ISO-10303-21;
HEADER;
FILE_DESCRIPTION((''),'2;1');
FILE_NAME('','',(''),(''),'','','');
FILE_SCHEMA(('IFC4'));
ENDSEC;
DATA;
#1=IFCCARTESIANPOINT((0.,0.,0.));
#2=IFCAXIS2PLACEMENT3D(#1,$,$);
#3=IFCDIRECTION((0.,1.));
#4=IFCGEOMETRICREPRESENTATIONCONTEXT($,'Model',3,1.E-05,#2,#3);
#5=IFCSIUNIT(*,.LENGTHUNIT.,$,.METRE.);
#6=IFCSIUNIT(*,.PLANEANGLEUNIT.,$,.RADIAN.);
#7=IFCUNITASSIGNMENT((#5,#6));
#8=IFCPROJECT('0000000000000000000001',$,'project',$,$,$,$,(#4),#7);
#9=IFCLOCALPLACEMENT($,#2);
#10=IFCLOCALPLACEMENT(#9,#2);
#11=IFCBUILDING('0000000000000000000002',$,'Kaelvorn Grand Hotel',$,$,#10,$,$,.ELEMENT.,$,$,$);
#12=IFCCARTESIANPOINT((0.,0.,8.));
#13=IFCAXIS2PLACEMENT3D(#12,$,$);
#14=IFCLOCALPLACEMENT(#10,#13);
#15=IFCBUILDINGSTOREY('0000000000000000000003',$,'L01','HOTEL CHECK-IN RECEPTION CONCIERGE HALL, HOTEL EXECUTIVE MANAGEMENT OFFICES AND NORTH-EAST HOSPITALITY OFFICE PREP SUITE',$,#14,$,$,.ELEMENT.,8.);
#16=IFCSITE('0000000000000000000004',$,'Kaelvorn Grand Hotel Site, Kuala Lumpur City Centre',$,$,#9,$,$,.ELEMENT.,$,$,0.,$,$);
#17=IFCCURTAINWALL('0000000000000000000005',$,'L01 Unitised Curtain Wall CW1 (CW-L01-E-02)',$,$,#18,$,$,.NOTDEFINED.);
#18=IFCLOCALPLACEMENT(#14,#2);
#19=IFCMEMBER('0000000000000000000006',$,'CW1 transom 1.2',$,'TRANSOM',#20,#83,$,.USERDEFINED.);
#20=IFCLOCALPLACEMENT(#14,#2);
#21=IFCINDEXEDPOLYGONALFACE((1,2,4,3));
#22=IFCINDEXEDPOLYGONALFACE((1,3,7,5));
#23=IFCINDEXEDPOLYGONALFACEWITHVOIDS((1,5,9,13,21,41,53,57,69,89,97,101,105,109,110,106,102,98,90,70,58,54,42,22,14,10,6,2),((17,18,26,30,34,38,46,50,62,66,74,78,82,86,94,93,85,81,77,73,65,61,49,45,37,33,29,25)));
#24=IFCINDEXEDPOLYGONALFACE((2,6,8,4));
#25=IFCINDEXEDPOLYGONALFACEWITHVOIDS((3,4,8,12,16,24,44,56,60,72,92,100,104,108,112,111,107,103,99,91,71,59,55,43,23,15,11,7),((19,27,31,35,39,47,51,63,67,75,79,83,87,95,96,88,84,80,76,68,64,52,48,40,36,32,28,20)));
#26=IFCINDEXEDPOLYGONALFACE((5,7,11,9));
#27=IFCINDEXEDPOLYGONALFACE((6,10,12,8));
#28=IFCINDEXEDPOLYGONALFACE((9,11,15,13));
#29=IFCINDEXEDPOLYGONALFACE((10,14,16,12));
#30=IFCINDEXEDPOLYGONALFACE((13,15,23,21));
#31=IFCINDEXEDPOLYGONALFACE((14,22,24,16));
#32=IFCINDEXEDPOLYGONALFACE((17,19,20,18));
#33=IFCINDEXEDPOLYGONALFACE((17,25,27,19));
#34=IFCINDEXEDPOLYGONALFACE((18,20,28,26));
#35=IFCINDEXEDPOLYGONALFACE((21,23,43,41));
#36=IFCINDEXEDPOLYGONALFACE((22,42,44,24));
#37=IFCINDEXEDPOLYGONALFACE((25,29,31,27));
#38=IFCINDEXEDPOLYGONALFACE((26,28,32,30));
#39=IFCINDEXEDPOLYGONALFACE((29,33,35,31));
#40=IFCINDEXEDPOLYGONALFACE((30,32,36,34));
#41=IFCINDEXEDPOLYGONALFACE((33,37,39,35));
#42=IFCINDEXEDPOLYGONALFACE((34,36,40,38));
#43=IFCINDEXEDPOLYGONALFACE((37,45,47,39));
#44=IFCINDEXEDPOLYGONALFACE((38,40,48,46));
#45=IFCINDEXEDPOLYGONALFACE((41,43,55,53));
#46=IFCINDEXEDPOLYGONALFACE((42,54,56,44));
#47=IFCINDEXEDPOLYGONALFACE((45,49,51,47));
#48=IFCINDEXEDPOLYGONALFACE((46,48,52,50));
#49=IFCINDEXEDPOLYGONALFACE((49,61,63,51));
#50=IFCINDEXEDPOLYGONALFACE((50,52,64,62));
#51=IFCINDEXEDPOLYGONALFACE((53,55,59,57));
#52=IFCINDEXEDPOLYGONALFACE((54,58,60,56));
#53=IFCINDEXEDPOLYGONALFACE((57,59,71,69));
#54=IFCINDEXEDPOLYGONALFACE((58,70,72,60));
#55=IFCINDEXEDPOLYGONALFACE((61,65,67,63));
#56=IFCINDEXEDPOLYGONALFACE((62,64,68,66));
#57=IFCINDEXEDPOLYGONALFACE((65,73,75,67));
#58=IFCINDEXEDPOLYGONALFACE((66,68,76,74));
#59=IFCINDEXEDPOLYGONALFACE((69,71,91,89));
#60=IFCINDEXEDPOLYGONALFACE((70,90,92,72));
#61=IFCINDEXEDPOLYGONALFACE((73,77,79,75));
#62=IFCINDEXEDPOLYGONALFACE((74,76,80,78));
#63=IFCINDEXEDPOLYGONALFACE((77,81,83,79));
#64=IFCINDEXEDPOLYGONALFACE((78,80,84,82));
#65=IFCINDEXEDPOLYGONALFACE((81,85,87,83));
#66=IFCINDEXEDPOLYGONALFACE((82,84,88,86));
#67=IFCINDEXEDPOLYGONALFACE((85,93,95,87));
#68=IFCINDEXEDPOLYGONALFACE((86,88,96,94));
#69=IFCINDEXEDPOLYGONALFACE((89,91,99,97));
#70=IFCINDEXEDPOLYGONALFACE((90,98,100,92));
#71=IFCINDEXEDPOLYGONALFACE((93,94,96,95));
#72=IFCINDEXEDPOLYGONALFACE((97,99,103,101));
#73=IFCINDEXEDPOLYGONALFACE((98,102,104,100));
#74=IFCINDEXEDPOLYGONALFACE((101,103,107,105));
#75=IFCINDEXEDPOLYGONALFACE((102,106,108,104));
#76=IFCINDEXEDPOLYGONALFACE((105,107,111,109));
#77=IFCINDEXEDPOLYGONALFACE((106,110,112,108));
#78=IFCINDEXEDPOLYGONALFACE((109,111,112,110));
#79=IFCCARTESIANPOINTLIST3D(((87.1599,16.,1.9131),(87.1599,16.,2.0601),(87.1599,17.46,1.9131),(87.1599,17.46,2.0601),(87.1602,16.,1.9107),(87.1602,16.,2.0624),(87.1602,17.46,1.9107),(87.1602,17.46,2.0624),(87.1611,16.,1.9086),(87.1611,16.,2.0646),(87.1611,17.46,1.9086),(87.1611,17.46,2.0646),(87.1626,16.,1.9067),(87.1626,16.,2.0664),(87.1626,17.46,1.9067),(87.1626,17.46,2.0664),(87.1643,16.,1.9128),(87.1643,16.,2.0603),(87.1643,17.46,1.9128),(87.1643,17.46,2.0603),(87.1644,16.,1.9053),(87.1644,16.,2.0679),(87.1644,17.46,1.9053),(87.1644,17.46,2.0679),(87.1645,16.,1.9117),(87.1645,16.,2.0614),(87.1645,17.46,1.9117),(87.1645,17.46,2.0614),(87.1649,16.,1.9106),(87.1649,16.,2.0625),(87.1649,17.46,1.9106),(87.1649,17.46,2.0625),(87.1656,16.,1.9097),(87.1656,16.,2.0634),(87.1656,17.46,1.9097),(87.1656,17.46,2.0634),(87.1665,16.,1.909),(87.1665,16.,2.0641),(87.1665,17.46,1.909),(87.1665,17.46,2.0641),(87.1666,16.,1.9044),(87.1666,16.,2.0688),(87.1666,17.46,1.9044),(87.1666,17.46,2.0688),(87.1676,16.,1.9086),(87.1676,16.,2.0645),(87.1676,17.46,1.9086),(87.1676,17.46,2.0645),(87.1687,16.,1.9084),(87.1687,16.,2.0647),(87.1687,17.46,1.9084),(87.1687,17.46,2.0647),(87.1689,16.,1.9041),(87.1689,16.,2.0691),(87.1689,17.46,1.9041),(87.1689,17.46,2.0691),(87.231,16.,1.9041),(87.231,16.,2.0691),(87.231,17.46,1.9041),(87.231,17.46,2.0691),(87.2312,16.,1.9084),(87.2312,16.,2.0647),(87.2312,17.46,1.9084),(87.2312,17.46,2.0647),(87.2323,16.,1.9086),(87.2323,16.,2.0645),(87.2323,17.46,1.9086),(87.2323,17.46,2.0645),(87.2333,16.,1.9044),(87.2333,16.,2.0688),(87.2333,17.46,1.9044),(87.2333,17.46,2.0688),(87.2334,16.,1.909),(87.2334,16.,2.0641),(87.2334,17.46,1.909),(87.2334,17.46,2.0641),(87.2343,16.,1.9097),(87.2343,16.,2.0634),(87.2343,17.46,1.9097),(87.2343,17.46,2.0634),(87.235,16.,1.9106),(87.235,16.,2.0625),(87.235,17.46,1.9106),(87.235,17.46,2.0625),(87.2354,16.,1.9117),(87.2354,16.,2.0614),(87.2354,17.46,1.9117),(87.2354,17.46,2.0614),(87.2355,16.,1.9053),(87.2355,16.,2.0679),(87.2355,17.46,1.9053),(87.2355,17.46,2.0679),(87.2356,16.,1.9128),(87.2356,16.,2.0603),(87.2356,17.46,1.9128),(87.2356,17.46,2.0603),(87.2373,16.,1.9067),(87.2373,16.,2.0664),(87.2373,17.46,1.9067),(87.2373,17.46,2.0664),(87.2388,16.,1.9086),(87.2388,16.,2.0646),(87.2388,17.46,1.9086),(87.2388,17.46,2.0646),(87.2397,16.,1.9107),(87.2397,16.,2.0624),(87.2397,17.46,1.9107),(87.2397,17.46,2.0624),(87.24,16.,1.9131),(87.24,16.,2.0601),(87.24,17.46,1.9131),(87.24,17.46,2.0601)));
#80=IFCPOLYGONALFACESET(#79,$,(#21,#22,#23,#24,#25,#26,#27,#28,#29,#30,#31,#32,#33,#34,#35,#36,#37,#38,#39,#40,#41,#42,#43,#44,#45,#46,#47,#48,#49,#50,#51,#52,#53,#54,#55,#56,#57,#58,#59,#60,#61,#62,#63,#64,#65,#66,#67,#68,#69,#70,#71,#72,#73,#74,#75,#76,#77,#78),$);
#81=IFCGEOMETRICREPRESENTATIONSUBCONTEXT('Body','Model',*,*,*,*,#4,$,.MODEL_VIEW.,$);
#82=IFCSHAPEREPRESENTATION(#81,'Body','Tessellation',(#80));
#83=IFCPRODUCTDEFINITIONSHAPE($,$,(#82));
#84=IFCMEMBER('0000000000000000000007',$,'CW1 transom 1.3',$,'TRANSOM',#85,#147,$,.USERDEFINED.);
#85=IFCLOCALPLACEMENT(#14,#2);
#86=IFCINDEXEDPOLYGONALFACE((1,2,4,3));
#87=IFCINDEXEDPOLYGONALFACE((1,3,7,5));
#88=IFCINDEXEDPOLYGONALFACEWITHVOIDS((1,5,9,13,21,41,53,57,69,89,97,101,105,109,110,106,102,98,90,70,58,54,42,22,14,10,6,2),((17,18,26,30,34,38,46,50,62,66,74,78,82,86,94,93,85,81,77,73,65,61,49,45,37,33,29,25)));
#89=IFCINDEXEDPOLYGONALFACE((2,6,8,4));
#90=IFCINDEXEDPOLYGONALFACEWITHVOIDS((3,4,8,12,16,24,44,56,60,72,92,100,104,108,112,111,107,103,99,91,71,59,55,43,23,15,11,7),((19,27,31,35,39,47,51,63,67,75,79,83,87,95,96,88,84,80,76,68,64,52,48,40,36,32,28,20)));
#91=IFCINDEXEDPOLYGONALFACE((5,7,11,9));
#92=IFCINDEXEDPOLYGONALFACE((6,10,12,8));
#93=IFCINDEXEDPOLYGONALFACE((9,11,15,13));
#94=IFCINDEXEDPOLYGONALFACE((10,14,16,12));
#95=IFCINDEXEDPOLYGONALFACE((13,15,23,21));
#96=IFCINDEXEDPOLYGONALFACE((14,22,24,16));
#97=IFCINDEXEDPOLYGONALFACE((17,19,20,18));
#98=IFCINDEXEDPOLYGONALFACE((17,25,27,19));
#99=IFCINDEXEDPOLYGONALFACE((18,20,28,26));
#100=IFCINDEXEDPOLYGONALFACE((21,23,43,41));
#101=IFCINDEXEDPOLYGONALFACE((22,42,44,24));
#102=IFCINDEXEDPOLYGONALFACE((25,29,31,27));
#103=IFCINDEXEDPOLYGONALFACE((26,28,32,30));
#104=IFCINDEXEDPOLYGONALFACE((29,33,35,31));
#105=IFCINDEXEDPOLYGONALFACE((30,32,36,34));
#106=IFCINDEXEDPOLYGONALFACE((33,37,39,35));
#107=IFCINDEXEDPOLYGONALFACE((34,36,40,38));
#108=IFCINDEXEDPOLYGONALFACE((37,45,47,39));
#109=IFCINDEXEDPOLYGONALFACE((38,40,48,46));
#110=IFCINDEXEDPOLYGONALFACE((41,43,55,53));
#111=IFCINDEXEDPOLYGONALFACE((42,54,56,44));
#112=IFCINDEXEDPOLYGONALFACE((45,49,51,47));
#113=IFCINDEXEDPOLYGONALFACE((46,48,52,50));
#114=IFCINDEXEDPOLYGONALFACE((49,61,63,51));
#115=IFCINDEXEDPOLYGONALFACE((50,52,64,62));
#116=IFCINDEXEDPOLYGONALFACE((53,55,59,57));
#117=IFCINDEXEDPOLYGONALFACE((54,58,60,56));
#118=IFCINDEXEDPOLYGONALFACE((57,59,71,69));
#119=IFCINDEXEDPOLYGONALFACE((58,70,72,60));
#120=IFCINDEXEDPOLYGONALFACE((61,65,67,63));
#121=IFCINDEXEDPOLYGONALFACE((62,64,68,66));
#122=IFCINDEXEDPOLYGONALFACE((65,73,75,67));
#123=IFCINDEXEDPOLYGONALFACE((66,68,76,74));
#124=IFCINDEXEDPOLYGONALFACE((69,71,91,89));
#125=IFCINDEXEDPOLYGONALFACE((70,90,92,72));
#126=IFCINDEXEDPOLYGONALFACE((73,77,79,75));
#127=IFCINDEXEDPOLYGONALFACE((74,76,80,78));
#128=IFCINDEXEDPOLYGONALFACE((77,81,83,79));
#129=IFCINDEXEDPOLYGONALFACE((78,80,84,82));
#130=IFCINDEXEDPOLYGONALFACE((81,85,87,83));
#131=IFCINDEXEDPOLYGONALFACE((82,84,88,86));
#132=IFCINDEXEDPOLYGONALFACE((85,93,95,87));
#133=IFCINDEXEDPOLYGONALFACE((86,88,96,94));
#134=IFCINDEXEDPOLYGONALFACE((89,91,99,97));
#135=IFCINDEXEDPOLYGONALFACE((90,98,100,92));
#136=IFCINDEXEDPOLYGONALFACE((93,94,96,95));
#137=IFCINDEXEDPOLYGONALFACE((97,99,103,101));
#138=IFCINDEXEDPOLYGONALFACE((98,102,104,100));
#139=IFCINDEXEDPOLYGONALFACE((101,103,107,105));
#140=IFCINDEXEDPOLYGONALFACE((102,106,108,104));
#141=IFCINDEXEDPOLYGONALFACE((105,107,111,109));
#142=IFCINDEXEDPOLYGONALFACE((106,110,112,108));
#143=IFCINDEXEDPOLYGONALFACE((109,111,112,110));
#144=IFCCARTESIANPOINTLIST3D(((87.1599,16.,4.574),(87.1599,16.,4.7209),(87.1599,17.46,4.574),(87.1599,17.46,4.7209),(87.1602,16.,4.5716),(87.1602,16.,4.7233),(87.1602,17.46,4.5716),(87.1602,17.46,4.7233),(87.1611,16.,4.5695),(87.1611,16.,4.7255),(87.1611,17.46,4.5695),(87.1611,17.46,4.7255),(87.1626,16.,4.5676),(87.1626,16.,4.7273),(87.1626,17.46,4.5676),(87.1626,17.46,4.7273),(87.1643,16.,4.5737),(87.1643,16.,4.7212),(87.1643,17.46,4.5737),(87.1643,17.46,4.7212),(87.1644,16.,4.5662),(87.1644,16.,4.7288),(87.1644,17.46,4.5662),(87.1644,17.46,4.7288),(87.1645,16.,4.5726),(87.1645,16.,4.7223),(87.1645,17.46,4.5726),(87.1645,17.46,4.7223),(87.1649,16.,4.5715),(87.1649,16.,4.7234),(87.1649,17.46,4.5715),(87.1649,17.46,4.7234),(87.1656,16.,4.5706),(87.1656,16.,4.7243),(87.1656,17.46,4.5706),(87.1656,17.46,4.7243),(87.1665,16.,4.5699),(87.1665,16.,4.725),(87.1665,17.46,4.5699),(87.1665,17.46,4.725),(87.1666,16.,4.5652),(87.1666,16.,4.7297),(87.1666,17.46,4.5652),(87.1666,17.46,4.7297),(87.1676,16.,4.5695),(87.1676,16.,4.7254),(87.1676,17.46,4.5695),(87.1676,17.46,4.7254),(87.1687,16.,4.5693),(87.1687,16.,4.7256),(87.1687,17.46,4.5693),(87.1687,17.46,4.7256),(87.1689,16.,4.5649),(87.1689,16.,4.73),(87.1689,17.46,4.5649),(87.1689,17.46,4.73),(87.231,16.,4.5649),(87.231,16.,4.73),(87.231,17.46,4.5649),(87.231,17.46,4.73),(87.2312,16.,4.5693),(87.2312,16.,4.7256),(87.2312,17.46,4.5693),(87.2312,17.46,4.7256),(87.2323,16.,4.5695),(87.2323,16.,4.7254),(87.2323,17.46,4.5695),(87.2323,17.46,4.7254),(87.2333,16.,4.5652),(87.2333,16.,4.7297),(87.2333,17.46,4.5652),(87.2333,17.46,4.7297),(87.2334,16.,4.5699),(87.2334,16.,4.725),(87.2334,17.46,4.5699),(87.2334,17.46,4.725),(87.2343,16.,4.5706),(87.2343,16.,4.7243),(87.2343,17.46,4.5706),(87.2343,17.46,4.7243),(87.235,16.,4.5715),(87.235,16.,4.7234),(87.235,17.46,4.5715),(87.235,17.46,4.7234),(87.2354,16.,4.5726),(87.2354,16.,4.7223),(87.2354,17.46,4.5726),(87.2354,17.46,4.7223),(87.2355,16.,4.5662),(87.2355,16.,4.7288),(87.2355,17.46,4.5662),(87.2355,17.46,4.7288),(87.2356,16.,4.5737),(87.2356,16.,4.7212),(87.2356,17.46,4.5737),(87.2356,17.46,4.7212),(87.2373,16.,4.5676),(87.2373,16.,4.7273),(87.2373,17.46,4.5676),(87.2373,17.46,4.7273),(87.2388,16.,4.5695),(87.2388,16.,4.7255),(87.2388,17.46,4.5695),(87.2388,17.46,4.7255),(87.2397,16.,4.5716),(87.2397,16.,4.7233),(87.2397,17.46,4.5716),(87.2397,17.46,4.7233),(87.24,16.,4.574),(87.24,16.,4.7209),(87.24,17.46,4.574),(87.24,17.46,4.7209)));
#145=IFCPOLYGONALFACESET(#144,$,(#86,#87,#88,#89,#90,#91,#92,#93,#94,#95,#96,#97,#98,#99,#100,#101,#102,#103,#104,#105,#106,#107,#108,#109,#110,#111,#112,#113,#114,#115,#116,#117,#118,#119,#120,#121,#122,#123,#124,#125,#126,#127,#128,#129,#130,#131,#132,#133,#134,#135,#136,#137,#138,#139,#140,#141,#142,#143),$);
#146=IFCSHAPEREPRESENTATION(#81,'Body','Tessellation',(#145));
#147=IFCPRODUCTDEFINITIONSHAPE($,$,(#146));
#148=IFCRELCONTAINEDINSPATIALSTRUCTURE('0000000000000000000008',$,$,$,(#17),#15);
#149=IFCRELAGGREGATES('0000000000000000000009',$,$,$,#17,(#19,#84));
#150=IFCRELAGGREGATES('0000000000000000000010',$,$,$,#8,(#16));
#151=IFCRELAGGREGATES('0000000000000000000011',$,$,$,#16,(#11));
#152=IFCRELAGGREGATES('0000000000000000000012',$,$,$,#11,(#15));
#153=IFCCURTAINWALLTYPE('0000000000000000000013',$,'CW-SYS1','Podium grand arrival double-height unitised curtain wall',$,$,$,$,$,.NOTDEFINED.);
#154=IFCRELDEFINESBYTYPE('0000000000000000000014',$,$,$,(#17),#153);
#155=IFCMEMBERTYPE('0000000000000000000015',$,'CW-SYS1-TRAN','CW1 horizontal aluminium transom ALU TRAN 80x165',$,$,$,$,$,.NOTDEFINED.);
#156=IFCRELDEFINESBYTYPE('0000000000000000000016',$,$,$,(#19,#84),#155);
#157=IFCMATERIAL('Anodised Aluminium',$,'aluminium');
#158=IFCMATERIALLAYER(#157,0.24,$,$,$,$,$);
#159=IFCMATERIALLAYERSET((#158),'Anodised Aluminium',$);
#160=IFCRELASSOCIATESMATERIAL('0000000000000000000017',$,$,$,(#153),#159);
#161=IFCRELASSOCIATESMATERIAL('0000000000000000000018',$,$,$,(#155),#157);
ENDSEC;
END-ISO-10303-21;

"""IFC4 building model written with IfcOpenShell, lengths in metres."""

from ifc_helpers import new_model, si_unit, direction, frame, origin, origin_2d, place, context, subcontext, project, spatial, hollow_rectangle, extrude, material, layer, layer_set, material_profile, profile_set, type_object, element, aggregate, save


model = new_model("IFC4")

# Units and contexts
model_context = context("Model", 3, precision=1e-05, world=origin(), true_north=direction((0.0, 1.0)))
body_context = subcontext(model_context, "Body", "Model", "MODEL_VIEW")
ifc_project = project(units=[si_unit("LENGTHUNIT", "METRE"), si_unit("PLANEANGLEUNIT", "RADIAN")], contexts=[model_context])

# Site, building, storey
site_placement = place(None, origin())
site = spatial("IfcSite", under=ifc_project, at=site_placement, Name="Kaelvorn Grand Hotel Site, Kuala Lumpur City Centre", CompositionType="ELEMENT", RefElevation=0.0)
building_placement = place(site_placement, origin())
building = spatial("IfcBuilding", under=site, at=building_placement, Name="Kaelvorn Grand Hotel", CompositionType="ELEMENT")
storey_placement = place(building_placement, frame((0.0, 0.0, 8.0)))
storey = spatial("IfcBuildingStorey", under=building, at=storey_placement, Name="L01", Description="HOTEL CHECK-IN RECEPTION CONCIERGE HALL, HOTEL EXECUTIVE MANAGEMENT OFFICES AND NORTH-EAST HOSPITALITY OFFICE PREP SUITE", CompositionType="ELEMENT", Elevation=8.0)

# Curtain wall, members
ifc_material_1 = material(Name="Anodised Aluminium", Category="aluminium")
ifc_layer_1 = layer(ifc_material_1, 0.24)
ifc_layer_set_1 = layer_set([ifc_layer_1], Name="Anodised Aluminium")
curtain_wall_type = type_object("IfcCurtainWallType", Name="CW-SYS1", Description="Podium grand arrival double-height unitised curtain wall", PredefinedType="NOTDEFINED", material=ifc_layer_set_1)
curtain_wall_placement = place(storey_placement, origin())
curtain_wall = element("IfcCurtainWall", 1, at=curtain_wall_placement, inside=storey, type_object=curtain_wall_type, Name="L01 Unitised Curtain Wall CW1 (CW-L01-E-02)", PredefinedType="NOTDEFINED")
ifc_material_profile_1 = material_profile(ifc_material_1, hollow_rectangle(XDim=0.0801, YDim=0.165, WallThickness=0.0044, InnerFilletRadius=0.0044, OuterFilletRadius=0.009, at=origin_2d()), Name="ALU TRAN 80x165")
ifc_profile_set_1 = profile_set([ifc_material_profile_1], Name="Anodised Aluminium")
member_type_1 = type_object("IfcMemberType", Name="CW-SYS1-TRAN", Description="CW1 horizontal aluminium transom ALU TRAN 80x165", PredefinedType="NOTDEFINED", material=ifc_profile_set_1)
member_1_placement = place(storey_placement, frame((87.2, 16.0, 1.9866), z_axis=(0.0, 1.0, 0.0), x_axis=(-1.0, 0.0, 0.0)))
member_1 = element("IfcMember", 2, at=member_1_placement, type_object=member_type_1, Name="CW1 transom 1.2", ObjectType="TRANSOM", PredefinedType="USERDEFINED", context=body_context, shape_type="SweptSolid", body=[
    extrude(hollow_rectangle(XDim=0.0801, YDim=0.165, WallThickness=0.0044, InnerFilletRadius=0.0044, OuterFilletRadius=0.009, at=origin_2d()), origin(), (0.0, 0.0, 1.0), 1.46),
])
member_2_placement = place(storey_placement, frame((87.2, 16.0, 4.6475), z_axis=(0.0, 1.0, 0.0), x_axis=(-1.0, 0.0, 0.0)))
member_2 = element("IfcMember", 3, at=member_2_placement, type_object=member_type_1, Name="CW1 transom 1.3", ObjectType="TRANSOM", PredefinedType="USERDEFINED", context=body_context, shape_type="SweptSolid", body=[
    extrude(hollow_rectangle(XDim=0.0801, YDim=0.165, WallThickness=0.0044, InnerFilletRadius=0.0044, OuterFilletRadius=0.009, at=origin_2d()), origin(), (0.0, 0.0, 1.0), 1.46),
])
aggregate(curtain_wall, [member_1, member_2])

save(model, "model.ifc")
